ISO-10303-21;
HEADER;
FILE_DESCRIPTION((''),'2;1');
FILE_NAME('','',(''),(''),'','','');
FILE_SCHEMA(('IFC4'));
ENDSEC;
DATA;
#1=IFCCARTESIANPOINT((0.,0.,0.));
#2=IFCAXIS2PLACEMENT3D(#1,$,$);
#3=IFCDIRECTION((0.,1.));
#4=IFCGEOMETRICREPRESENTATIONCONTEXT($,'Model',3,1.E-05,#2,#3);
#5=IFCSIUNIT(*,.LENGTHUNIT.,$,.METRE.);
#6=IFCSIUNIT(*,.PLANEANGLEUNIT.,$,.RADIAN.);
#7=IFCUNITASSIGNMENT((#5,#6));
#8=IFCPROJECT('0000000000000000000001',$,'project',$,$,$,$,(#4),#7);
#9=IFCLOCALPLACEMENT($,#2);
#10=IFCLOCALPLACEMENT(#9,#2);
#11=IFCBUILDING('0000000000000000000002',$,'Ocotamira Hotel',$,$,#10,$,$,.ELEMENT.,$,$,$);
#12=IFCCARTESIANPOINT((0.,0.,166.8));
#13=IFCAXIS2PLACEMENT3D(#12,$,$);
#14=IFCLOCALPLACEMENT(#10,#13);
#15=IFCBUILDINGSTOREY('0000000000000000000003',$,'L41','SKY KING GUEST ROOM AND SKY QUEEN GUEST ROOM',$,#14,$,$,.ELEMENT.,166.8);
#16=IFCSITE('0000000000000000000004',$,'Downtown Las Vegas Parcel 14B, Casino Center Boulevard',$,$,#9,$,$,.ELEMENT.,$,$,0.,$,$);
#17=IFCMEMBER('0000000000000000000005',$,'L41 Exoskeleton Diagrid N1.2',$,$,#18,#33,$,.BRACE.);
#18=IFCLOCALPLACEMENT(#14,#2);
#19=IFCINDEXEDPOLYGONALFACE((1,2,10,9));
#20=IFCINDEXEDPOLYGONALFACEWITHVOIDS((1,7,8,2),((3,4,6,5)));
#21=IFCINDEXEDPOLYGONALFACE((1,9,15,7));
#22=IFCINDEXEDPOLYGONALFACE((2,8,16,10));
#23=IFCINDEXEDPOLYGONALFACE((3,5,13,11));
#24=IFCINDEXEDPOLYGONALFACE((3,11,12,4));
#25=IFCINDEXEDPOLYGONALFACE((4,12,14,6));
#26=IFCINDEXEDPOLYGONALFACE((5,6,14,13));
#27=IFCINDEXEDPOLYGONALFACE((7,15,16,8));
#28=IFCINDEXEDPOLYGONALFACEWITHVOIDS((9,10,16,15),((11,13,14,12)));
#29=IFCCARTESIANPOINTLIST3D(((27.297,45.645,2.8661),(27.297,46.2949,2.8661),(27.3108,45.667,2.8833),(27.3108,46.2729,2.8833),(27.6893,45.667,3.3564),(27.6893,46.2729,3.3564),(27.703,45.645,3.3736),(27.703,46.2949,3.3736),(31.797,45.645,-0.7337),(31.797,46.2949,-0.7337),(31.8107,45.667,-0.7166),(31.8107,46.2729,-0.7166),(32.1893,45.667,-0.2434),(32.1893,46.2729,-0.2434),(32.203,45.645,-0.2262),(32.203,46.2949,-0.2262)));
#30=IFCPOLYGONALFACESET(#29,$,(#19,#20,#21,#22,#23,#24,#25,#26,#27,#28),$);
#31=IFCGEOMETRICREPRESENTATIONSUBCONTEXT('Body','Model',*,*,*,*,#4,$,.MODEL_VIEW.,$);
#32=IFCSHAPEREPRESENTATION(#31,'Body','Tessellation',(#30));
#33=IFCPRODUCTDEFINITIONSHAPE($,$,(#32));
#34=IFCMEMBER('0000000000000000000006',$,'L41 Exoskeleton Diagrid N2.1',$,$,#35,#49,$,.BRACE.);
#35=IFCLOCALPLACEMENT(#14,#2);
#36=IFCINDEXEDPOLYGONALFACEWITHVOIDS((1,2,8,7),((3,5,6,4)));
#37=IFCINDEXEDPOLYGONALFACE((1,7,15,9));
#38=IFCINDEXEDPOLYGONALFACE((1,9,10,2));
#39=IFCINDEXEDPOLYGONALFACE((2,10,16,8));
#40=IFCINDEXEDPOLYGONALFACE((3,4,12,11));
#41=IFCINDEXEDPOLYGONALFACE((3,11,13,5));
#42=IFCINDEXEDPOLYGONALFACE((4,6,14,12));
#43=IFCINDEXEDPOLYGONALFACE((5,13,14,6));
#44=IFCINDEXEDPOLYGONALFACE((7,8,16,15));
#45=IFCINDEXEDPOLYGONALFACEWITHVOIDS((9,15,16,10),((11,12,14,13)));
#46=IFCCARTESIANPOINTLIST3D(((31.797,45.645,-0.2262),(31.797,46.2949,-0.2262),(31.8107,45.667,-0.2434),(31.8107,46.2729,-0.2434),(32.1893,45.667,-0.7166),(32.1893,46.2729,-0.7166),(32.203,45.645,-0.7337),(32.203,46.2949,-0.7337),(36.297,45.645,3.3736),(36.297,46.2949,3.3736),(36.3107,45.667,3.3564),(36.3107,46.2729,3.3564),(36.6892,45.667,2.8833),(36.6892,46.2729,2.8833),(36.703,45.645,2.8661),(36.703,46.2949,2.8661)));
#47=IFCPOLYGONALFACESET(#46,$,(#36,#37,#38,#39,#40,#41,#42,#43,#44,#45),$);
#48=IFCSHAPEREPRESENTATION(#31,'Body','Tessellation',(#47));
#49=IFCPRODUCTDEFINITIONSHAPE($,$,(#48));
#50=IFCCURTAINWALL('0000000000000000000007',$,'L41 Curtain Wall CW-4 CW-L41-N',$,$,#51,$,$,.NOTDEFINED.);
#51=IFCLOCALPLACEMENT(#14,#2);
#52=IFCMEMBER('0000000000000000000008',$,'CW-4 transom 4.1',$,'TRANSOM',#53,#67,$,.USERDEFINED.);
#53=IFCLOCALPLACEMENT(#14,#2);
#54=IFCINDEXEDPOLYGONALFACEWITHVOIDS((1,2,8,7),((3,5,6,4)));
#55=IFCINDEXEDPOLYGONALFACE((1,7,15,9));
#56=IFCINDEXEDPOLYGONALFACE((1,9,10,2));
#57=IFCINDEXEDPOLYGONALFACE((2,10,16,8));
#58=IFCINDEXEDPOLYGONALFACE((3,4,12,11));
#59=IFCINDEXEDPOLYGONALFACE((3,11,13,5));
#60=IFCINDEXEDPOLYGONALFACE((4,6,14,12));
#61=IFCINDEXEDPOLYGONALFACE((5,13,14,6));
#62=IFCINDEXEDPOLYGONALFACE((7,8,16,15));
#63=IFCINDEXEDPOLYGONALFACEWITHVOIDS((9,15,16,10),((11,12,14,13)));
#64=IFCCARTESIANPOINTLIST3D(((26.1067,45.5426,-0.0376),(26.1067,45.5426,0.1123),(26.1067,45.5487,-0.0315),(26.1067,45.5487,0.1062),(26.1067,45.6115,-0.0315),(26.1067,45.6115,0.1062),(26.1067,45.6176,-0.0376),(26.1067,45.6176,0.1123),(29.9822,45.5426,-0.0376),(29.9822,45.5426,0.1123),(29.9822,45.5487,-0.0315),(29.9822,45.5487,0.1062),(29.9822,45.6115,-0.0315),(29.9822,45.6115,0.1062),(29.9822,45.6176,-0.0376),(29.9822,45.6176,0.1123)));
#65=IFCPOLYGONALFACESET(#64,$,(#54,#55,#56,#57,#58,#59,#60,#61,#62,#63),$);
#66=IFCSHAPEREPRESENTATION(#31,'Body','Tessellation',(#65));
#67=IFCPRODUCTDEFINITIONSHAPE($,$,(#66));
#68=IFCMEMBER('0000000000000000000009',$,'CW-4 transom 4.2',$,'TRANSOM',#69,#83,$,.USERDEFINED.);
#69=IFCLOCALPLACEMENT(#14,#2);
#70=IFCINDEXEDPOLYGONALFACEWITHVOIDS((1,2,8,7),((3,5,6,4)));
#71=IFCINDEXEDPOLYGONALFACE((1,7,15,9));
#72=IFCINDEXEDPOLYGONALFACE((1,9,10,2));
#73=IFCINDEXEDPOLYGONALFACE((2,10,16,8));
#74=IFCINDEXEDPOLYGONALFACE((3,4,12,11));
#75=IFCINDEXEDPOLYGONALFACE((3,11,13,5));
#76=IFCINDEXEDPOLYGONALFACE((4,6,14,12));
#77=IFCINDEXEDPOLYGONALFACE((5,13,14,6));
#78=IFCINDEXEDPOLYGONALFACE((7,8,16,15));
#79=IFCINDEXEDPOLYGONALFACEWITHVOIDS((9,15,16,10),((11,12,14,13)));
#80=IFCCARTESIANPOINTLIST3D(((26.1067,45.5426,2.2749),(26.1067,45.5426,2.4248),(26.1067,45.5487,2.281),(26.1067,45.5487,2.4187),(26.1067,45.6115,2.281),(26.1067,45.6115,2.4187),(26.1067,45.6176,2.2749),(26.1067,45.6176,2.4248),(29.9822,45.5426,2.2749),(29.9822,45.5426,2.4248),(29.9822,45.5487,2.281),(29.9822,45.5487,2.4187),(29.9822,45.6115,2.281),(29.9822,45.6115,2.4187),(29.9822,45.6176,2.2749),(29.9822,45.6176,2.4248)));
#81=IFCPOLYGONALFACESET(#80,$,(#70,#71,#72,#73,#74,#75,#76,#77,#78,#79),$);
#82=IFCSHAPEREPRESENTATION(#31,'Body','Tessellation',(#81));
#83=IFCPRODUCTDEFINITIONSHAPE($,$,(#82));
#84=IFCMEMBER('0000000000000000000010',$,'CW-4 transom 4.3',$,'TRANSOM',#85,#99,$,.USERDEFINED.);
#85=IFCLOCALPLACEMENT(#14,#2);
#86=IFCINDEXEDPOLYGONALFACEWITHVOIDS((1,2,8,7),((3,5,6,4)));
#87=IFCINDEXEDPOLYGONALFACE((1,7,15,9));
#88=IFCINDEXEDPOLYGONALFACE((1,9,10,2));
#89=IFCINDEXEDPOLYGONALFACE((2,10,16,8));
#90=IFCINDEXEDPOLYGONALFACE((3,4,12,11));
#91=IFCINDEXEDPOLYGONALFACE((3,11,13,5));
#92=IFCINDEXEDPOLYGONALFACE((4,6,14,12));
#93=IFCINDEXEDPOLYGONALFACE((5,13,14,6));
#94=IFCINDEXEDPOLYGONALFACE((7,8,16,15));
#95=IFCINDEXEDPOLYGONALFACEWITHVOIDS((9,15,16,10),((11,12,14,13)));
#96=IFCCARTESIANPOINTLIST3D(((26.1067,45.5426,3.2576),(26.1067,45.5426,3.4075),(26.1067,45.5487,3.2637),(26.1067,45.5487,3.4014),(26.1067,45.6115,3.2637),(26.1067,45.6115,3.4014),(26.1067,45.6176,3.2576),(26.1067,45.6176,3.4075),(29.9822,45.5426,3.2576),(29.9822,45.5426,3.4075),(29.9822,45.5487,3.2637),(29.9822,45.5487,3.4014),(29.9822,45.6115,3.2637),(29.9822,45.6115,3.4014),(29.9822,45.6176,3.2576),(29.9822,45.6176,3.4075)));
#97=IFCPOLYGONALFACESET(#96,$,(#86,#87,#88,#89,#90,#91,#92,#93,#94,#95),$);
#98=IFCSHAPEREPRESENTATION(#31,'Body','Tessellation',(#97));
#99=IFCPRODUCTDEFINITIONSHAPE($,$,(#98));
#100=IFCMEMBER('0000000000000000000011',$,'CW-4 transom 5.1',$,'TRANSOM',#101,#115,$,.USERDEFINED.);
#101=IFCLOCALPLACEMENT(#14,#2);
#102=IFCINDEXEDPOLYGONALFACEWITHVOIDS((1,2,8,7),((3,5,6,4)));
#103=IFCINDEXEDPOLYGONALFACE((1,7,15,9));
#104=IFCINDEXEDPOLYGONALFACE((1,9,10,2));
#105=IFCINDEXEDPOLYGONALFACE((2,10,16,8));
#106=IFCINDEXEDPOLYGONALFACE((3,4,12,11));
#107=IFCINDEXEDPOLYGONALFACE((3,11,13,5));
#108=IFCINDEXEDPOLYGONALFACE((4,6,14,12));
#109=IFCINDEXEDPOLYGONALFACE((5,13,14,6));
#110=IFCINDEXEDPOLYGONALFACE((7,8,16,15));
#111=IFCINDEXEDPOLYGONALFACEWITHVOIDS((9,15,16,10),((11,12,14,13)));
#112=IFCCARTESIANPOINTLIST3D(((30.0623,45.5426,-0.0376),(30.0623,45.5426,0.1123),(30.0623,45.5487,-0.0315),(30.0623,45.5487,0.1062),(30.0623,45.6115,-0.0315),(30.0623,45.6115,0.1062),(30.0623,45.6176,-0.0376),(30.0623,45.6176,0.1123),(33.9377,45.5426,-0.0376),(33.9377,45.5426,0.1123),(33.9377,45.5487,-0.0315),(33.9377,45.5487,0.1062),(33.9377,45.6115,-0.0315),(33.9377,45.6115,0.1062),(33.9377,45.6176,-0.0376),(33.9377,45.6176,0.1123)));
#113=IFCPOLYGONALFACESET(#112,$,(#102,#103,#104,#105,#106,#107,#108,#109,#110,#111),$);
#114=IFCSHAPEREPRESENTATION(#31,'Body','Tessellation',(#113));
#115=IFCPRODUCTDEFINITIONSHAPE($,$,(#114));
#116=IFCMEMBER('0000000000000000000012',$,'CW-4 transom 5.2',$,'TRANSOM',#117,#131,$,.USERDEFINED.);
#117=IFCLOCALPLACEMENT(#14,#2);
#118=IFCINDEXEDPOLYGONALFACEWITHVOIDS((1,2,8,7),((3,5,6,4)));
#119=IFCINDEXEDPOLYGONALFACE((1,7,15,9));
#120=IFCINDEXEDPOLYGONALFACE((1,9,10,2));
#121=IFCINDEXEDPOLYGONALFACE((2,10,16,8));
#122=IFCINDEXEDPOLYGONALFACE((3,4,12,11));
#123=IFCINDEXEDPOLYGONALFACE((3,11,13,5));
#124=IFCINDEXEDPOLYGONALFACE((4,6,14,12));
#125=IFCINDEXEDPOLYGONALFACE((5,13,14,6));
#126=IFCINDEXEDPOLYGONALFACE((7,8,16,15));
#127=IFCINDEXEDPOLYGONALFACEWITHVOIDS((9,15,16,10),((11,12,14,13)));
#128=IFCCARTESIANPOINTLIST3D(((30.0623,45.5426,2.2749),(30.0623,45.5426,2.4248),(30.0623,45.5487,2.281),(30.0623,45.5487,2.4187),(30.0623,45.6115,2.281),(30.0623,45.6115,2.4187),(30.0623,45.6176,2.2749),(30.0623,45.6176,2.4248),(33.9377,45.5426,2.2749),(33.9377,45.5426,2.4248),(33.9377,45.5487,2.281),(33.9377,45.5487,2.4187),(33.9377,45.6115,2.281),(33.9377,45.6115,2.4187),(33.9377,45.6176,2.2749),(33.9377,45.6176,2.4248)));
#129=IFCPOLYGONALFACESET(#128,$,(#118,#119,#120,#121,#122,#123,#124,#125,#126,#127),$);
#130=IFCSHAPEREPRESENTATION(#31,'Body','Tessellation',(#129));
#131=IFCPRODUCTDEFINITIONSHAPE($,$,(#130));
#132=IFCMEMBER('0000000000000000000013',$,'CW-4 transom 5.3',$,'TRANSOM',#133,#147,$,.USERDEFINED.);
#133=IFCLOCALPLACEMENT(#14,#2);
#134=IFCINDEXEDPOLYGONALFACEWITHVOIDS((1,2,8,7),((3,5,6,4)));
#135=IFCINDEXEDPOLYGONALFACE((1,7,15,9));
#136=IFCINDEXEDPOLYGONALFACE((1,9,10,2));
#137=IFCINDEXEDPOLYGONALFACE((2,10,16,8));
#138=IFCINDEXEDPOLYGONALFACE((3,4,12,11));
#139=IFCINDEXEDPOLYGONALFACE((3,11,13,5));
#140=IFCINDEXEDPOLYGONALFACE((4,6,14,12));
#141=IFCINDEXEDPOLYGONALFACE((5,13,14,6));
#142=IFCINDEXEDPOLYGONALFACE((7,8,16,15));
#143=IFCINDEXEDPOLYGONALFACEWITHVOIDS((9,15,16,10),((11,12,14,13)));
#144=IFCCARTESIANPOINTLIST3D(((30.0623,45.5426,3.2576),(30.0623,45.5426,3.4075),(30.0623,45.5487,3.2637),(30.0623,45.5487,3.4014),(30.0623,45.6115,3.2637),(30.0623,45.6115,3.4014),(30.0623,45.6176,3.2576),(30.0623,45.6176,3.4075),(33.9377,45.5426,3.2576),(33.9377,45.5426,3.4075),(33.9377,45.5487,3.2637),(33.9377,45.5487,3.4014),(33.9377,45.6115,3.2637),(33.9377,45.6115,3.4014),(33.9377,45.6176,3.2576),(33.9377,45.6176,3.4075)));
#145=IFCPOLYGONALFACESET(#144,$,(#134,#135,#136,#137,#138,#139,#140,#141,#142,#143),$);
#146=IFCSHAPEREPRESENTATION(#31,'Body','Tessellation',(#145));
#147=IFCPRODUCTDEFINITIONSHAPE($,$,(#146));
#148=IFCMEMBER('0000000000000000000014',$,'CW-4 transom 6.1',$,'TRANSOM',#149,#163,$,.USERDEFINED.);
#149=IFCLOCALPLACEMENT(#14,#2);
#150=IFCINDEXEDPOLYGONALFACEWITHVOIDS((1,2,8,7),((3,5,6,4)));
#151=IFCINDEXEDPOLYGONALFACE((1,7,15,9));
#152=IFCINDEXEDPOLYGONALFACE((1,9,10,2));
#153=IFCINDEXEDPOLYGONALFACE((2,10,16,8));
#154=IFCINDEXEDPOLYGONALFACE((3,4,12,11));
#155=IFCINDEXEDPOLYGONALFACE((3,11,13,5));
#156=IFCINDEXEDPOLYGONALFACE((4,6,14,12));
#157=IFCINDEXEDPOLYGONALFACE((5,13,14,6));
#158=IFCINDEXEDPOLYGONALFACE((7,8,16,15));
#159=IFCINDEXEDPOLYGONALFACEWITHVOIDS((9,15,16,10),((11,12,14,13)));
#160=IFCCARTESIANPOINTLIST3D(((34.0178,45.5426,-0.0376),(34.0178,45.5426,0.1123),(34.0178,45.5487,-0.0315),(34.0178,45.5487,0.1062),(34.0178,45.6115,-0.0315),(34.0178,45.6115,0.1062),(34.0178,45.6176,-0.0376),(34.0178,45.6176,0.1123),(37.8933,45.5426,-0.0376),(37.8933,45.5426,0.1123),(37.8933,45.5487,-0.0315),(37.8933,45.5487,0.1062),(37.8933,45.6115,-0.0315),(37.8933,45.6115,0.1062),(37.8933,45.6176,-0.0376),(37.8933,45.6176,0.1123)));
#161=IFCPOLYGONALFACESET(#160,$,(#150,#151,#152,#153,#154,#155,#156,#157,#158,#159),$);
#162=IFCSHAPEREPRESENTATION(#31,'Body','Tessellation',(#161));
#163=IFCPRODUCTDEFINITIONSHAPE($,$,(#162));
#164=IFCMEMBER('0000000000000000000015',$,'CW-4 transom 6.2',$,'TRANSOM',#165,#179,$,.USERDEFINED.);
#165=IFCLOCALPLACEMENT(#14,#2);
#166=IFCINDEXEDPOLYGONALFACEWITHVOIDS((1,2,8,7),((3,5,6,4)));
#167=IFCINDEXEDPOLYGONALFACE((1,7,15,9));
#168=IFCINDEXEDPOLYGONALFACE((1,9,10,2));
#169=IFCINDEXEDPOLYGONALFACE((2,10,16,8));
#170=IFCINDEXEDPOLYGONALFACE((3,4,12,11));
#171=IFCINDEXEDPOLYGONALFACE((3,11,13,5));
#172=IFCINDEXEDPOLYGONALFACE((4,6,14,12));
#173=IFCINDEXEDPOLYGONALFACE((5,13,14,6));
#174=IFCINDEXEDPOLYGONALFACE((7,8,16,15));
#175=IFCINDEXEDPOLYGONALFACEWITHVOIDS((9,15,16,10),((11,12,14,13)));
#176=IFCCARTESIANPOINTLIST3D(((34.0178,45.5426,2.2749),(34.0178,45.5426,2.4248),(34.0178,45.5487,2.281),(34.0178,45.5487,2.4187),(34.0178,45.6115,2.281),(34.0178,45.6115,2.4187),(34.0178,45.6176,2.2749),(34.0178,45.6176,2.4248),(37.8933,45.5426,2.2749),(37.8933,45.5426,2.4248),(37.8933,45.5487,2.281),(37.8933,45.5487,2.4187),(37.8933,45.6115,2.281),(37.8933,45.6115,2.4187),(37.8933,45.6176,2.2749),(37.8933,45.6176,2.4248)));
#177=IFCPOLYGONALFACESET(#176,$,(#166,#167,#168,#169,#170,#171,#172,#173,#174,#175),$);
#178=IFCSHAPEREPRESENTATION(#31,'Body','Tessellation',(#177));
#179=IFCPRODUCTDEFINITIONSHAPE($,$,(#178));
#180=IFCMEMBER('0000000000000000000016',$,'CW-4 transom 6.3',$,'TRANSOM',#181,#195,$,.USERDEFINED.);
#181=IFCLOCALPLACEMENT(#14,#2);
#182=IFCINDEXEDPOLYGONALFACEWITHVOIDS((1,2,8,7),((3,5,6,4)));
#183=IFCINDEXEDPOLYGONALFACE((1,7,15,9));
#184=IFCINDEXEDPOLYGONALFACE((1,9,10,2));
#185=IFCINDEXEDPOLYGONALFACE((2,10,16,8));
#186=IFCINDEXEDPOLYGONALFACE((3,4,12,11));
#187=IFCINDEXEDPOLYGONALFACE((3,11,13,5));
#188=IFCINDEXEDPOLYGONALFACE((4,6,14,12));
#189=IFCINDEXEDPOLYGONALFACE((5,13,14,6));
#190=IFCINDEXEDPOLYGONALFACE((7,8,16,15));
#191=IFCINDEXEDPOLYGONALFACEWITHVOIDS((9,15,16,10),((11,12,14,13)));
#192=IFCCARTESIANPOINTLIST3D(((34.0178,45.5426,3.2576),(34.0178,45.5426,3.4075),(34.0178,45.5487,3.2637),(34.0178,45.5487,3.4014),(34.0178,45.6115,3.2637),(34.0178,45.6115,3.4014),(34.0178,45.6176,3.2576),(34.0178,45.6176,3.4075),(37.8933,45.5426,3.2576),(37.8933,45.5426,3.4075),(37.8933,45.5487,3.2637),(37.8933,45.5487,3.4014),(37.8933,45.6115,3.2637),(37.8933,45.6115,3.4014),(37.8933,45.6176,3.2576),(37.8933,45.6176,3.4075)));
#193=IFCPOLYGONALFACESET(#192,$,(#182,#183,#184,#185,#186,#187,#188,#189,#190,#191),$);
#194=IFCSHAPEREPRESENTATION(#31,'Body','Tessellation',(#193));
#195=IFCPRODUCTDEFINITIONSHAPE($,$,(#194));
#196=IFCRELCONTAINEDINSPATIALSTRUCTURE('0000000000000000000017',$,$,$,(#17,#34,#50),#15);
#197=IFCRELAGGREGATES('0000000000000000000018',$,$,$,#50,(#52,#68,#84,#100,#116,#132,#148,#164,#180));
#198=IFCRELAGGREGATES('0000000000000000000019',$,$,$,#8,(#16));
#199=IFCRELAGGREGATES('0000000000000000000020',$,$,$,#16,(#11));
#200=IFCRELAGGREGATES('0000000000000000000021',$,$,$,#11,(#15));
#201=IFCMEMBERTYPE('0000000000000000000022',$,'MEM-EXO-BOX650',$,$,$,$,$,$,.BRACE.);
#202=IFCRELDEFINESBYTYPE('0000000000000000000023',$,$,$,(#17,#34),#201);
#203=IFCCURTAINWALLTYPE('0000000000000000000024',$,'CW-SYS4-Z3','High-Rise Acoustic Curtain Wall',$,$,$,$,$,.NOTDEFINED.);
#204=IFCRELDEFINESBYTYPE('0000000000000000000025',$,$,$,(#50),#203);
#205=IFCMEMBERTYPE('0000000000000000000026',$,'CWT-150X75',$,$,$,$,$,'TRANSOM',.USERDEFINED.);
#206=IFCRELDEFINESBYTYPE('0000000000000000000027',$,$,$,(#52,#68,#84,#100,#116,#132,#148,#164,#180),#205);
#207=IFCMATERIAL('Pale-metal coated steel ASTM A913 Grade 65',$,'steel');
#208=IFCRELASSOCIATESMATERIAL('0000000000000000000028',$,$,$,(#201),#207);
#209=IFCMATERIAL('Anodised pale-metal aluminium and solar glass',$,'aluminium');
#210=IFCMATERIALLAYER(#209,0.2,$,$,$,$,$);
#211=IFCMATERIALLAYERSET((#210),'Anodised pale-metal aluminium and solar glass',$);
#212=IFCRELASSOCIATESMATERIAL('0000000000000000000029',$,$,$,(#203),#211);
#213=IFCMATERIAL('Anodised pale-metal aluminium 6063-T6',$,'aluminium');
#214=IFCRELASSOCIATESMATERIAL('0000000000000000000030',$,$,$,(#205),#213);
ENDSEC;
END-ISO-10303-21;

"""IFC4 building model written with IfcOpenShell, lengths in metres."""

from ifc_helpers import new_model, si_unit, direction, frame, origin, origin_2d, place, context, subcontext, project, spatial, hollow_rectangle, extrude, source, transform, mapped, material, layer, layer_set, material_profile, profile_set, type_object, element, aggregate, save


model = new_model("IFC4")

# Units and contexts
model_context = context("Model", 3, precision=1e-05, world=origin(), true_north=direction((0.0, 1.0)))
body_context = subcontext(model_context, "Body", "Model", "MODEL_VIEW")
ifc_project = project(units=[si_unit("LENGTHUNIT", "METRE"), si_unit("PLANEANGLEUNIT", "RADIAN")], contexts=[model_context])

# Site, building, storey
site_placement = place(None, origin())
site = spatial("IfcSite", under=ifc_project, at=site_placement, Name="Downtown Las Vegas Parcel 14B, Casino Center Boulevard", CompositionType="ELEMENT", RefElevation=0.0)
building_placement = place(site_placement, origin())
building = spatial("IfcBuilding", under=site, at=building_placement, Name="Ocotamira Hotel", CompositionType="ELEMENT")
storey_placement = place(building_placement, frame((0.0, 0.0, 166.8)))
storey = spatial("IfcBuildingStorey", under=building, at=storey_placement, Name="L41", Description="SKY KING GUEST ROOM AND SKY QUEEN GUEST ROOM", CompositionType="ELEMENT", Elevation=166.8)

# Members
ifc_material_1 = material(Name="Pale-metal coated steel ASTM A913 Grade 65", Category="steel")
ifc_material_profile_1 = material_profile(ifc_material_1, hollow_rectangle(XDim=0.6499, YDim=0.6499, WallThickness=0.022, at=origin_2d()), Name="BOX650X650X22")
ifc_profile_set_1 = profile_set([ifc_material_profile_1], Name="Pale-metal coated steel ASTM A913 Grade 65")
member_type_1 = type_object("IfcMemberType", Name="MEM-EXO-BOX650", PredefinedType="BRACE", material=ifc_profile_set_1)
shared_shape_1 = source(origin(), body_context, "Body", "SweptSolid", [
    extrude(hollow_rectangle(XDim=0.6499, YDim=0.6499, WallThickness=0.022, at=origin_2d()), origin(), (0.0, 0.0, 1.0), 5.7627),
])
for number, where, z_axis, x_axis, name in (
    (1, (32.0, 45.97, -0.48), (-0.780881, 0.0, 0.62468), (0.0, -1.0, 0.0), "L41 Exoskeleton Diagrid N1.2"),
    (2, (32.0, 45.97, -0.48), (0.780881, 0.0, 0.62468), (0.0, 1.0, 0.0), "L41 Exoskeleton Diagrid N2.1"),
):
    element("IfcMember", number, at=place(storey_placement, frame(where, z_axis=z_axis, x_axis=x_axis)), inside=storey, type_object=member_type_1, Name=name, PredefinedType="BRACE", context=body_context, shape_type="MappedRepresentation", body=[
        mapped(shared_shape_1, transform((0.0, 0.0, 0.0), scale=1.0)),
    ])

# Curtain wall, members
ifc_material_2 = material(Name="Anodised pale-metal aluminium and solar glass", Category="aluminium")
ifc_layer_1 = layer(ifc_material_2, 0.2)
ifc_layer_set_1 = layer_set([ifc_layer_1], Name="Anodised pale-metal aluminium and solar glass")
curtain_wall_type = type_object("IfcCurtainWallType", Name="CW-SYS4-Z3", Description="High-Rise Acoustic Curtain Wall", PredefinedType="NOTDEFINED", material=ifc_layer_set_1)
curtain_wall_placement = place(storey_placement, origin())
curtain_wall = element("IfcCurtainWall", 3, at=curtain_wall_placement, inside=storey, type_object=curtain_wall_type, Name="L41 Curtain Wall CW-4 CW-L41-N", PredefinedType="NOTDEFINED")
ifc_material_3 = material(Name="Anodised pale-metal aluminium 6063-T6", Category="aluminium")
ifc_material_profile_2 = material_profile(ifc_material_3, hollow_rectangle(XDim=0.075, YDim=0.1499, WallThickness=0.0061, at=origin_2d()), Name="HSS150X75X6")
ifc_profile_set_2 = profile_set([ifc_material_profile_2], Name="Anodised pale-metal aluminium 6063-T6")
member_type_2 = type_object("IfcMemberType", Name="CWT-150X75", ElementType="TRANSOM", PredefinedType="USERDEFINED", material=ifc_profile_set_2)
shared_shape_2 = source(origin(), body_context, "Body", "SweptSolid", [
    extrude(hollow_rectangle(XDim=0.075, YDim=0.1499, WallThickness=0.0061, at=origin_2d()), origin(), (0.0, 0.0, 1.0), 3.8755),
])
member_1_placement = place(storey_placement, frame((26.1067, 45.5801, 0.0374), z_axis=(1.0, 0.0, 0.0), x_axis=(0.0, 1.0, 0.0)))
member_1 = element("IfcMember", 4, at=member_1_placement, type_object=member_type_2, Name="CW-4 transom 4.1", ObjectType="TRANSOM", PredefinedType="USERDEFINED", context=body_context, shape_type="MappedRepresentation", body=[
    mapped(shared_shape_2, transform((0.0, 0.0, 0.0), scale=1.0)),
])
member_2_placement = place(storey_placement, frame((26.1067, 45.5801, 2.3499), z_axis=(1.0, 0.0, 0.0), x_axis=(0.0, 1.0, 0.0)))
member_2 = element("IfcMember", 5, at=member_2_placement, type_object=member_type_2, Name="CW-4 transom 4.2", ObjectType="TRANSOM", PredefinedType="USERDEFINED", context=body_context, shape_type="MappedRepresentation", body=[
    mapped(shared_shape_2, transform((0.0, 0.0, 0.0), scale=1.0)),
])
member_3_placement = place(storey_placement, frame((26.1067, 45.5801, 3.3325), z_axis=(1.0, 0.0, 0.0), x_axis=(0.0, 1.0, 0.0)))
member_3 = element("IfcMember", 6, at=member_3_placement, type_object=member_type_2, Name="CW-4 transom 4.3", ObjectType="TRANSOM", PredefinedType="USERDEFINED", context=body_context, shape_type="MappedRepresentation", body=[
    mapped(shared_shape_2, transform((0.0, 0.0, 0.0), scale=1.0)),
])
member_4_placement = place(storey_placement, frame((30.0623, 45.5801, 0.0374), z_axis=(1.0, 0.0, 0.0), x_axis=(0.0, 1.0, 0.0)))
member_4 = element("IfcMember", 7, at=member_4_placement, type_object=member_type_2, Name="CW-4 transom 5.1", ObjectType="TRANSOM", PredefinedType="USERDEFINED", context=body_context, shape_type="MappedRepresentation", body=[
    mapped(shared_shape_2, transform((0.0, 0.0, 0.0), scale=1.0)),
])
member_5_placement = place(storey_placement, frame((30.0623, 45.5801, 2.3499), z_axis=(1.0, 0.0, 0.0), x_axis=(0.0, 1.0, 0.0)))
member_5 = element("IfcMember", 8, at=member_5_placement, type_object=member_type_2, Name="CW-4 transom 5.2", ObjectType="TRANSOM", PredefinedType="USERDEFINED", context=body_context, shape_type="MappedRepresentation", body=[
    mapped(shared_shape_2, transform((0.0, 0.0, 0.0), scale=1.0)),
])
member_6_placement = place(storey_placement, frame((30.0623, 45.5801, 3.3325), z_axis=(1.0, 0.0, 0.0), x_axis=(0.0, 1.0, 0.0)))
member_6 = element("IfcMember", 9, at=member_6_placement, type_object=member_type_2, Name="CW-4 transom 5.3", ObjectType="TRANSOM", PredefinedType="USERDEFINED", context=body_context, shape_type="MappedRepresentation", body=[
    mapped(shared_shape_2, transform((0.0, 0.0, 0.0), scale=1.0)),
])
member_7_placement = place(storey_placement, frame((34.0178, 45.5801, 0.0374), z_axis=(1.0, 0.0, 0.0), x_axis=(0.0, 1.0, 0.0)))
member_7 = element("IfcMember", 10, at=member_7_placement, type_object=member_type_2, Name="CW-4 transom 6.1", ObjectType="TRANSOM", PredefinedType="USERDEFINED", context=body_context, shape_type="MappedRepresentation", body=[
    mapped(shared_shape_2, transform((0.0, 0.0, 0.0), scale=1.0)),
])
member_8_placement = place(storey_placement, frame((34.0178, 45.5801, 2.3499), z_axis=(1.0, 0.0, 0.0), x_axis=(0.0, 1.0, 0.0)))
member_8 = element("IfcMember", 11, at=member_8_placement, type_object=member_type_2, Name="CW-4 transom 6.2", ObjectType="TRANSOM", PredefinedType="USERDEFINED", context=body_context, shape_type="MappedRepresentation", body=[
    mapped(shared_shape_2, transform((0.0, 0.0, 0.0), scale=1.0)),
])
member_9_placement = place(storey_placement, frame((34.0178, 45.5801, 3.3325), z_axis=(1.0, 0.0, 0.0), x_axis=(0.0, 1.0, 0.0)))
member_9 = element("IfcMember", 12, at=member_9_placement, type_object=member_type_2, Name="CW-4 transom 6.3", ObjectType="TRANSOM", PredefinedType="USERDEFINED", context=body_context, shape_type="MappedRepresentation", body=[
    mapped(shared_shape_2, transform((0.0, 0.0, 0.0), scale=1.0)),
])

aggregate(curtain_wall, [member_1, member_2, member_3, member_4, member_5, member_6, member_7, member_8, member_9])

save(model, "model.ifc")
